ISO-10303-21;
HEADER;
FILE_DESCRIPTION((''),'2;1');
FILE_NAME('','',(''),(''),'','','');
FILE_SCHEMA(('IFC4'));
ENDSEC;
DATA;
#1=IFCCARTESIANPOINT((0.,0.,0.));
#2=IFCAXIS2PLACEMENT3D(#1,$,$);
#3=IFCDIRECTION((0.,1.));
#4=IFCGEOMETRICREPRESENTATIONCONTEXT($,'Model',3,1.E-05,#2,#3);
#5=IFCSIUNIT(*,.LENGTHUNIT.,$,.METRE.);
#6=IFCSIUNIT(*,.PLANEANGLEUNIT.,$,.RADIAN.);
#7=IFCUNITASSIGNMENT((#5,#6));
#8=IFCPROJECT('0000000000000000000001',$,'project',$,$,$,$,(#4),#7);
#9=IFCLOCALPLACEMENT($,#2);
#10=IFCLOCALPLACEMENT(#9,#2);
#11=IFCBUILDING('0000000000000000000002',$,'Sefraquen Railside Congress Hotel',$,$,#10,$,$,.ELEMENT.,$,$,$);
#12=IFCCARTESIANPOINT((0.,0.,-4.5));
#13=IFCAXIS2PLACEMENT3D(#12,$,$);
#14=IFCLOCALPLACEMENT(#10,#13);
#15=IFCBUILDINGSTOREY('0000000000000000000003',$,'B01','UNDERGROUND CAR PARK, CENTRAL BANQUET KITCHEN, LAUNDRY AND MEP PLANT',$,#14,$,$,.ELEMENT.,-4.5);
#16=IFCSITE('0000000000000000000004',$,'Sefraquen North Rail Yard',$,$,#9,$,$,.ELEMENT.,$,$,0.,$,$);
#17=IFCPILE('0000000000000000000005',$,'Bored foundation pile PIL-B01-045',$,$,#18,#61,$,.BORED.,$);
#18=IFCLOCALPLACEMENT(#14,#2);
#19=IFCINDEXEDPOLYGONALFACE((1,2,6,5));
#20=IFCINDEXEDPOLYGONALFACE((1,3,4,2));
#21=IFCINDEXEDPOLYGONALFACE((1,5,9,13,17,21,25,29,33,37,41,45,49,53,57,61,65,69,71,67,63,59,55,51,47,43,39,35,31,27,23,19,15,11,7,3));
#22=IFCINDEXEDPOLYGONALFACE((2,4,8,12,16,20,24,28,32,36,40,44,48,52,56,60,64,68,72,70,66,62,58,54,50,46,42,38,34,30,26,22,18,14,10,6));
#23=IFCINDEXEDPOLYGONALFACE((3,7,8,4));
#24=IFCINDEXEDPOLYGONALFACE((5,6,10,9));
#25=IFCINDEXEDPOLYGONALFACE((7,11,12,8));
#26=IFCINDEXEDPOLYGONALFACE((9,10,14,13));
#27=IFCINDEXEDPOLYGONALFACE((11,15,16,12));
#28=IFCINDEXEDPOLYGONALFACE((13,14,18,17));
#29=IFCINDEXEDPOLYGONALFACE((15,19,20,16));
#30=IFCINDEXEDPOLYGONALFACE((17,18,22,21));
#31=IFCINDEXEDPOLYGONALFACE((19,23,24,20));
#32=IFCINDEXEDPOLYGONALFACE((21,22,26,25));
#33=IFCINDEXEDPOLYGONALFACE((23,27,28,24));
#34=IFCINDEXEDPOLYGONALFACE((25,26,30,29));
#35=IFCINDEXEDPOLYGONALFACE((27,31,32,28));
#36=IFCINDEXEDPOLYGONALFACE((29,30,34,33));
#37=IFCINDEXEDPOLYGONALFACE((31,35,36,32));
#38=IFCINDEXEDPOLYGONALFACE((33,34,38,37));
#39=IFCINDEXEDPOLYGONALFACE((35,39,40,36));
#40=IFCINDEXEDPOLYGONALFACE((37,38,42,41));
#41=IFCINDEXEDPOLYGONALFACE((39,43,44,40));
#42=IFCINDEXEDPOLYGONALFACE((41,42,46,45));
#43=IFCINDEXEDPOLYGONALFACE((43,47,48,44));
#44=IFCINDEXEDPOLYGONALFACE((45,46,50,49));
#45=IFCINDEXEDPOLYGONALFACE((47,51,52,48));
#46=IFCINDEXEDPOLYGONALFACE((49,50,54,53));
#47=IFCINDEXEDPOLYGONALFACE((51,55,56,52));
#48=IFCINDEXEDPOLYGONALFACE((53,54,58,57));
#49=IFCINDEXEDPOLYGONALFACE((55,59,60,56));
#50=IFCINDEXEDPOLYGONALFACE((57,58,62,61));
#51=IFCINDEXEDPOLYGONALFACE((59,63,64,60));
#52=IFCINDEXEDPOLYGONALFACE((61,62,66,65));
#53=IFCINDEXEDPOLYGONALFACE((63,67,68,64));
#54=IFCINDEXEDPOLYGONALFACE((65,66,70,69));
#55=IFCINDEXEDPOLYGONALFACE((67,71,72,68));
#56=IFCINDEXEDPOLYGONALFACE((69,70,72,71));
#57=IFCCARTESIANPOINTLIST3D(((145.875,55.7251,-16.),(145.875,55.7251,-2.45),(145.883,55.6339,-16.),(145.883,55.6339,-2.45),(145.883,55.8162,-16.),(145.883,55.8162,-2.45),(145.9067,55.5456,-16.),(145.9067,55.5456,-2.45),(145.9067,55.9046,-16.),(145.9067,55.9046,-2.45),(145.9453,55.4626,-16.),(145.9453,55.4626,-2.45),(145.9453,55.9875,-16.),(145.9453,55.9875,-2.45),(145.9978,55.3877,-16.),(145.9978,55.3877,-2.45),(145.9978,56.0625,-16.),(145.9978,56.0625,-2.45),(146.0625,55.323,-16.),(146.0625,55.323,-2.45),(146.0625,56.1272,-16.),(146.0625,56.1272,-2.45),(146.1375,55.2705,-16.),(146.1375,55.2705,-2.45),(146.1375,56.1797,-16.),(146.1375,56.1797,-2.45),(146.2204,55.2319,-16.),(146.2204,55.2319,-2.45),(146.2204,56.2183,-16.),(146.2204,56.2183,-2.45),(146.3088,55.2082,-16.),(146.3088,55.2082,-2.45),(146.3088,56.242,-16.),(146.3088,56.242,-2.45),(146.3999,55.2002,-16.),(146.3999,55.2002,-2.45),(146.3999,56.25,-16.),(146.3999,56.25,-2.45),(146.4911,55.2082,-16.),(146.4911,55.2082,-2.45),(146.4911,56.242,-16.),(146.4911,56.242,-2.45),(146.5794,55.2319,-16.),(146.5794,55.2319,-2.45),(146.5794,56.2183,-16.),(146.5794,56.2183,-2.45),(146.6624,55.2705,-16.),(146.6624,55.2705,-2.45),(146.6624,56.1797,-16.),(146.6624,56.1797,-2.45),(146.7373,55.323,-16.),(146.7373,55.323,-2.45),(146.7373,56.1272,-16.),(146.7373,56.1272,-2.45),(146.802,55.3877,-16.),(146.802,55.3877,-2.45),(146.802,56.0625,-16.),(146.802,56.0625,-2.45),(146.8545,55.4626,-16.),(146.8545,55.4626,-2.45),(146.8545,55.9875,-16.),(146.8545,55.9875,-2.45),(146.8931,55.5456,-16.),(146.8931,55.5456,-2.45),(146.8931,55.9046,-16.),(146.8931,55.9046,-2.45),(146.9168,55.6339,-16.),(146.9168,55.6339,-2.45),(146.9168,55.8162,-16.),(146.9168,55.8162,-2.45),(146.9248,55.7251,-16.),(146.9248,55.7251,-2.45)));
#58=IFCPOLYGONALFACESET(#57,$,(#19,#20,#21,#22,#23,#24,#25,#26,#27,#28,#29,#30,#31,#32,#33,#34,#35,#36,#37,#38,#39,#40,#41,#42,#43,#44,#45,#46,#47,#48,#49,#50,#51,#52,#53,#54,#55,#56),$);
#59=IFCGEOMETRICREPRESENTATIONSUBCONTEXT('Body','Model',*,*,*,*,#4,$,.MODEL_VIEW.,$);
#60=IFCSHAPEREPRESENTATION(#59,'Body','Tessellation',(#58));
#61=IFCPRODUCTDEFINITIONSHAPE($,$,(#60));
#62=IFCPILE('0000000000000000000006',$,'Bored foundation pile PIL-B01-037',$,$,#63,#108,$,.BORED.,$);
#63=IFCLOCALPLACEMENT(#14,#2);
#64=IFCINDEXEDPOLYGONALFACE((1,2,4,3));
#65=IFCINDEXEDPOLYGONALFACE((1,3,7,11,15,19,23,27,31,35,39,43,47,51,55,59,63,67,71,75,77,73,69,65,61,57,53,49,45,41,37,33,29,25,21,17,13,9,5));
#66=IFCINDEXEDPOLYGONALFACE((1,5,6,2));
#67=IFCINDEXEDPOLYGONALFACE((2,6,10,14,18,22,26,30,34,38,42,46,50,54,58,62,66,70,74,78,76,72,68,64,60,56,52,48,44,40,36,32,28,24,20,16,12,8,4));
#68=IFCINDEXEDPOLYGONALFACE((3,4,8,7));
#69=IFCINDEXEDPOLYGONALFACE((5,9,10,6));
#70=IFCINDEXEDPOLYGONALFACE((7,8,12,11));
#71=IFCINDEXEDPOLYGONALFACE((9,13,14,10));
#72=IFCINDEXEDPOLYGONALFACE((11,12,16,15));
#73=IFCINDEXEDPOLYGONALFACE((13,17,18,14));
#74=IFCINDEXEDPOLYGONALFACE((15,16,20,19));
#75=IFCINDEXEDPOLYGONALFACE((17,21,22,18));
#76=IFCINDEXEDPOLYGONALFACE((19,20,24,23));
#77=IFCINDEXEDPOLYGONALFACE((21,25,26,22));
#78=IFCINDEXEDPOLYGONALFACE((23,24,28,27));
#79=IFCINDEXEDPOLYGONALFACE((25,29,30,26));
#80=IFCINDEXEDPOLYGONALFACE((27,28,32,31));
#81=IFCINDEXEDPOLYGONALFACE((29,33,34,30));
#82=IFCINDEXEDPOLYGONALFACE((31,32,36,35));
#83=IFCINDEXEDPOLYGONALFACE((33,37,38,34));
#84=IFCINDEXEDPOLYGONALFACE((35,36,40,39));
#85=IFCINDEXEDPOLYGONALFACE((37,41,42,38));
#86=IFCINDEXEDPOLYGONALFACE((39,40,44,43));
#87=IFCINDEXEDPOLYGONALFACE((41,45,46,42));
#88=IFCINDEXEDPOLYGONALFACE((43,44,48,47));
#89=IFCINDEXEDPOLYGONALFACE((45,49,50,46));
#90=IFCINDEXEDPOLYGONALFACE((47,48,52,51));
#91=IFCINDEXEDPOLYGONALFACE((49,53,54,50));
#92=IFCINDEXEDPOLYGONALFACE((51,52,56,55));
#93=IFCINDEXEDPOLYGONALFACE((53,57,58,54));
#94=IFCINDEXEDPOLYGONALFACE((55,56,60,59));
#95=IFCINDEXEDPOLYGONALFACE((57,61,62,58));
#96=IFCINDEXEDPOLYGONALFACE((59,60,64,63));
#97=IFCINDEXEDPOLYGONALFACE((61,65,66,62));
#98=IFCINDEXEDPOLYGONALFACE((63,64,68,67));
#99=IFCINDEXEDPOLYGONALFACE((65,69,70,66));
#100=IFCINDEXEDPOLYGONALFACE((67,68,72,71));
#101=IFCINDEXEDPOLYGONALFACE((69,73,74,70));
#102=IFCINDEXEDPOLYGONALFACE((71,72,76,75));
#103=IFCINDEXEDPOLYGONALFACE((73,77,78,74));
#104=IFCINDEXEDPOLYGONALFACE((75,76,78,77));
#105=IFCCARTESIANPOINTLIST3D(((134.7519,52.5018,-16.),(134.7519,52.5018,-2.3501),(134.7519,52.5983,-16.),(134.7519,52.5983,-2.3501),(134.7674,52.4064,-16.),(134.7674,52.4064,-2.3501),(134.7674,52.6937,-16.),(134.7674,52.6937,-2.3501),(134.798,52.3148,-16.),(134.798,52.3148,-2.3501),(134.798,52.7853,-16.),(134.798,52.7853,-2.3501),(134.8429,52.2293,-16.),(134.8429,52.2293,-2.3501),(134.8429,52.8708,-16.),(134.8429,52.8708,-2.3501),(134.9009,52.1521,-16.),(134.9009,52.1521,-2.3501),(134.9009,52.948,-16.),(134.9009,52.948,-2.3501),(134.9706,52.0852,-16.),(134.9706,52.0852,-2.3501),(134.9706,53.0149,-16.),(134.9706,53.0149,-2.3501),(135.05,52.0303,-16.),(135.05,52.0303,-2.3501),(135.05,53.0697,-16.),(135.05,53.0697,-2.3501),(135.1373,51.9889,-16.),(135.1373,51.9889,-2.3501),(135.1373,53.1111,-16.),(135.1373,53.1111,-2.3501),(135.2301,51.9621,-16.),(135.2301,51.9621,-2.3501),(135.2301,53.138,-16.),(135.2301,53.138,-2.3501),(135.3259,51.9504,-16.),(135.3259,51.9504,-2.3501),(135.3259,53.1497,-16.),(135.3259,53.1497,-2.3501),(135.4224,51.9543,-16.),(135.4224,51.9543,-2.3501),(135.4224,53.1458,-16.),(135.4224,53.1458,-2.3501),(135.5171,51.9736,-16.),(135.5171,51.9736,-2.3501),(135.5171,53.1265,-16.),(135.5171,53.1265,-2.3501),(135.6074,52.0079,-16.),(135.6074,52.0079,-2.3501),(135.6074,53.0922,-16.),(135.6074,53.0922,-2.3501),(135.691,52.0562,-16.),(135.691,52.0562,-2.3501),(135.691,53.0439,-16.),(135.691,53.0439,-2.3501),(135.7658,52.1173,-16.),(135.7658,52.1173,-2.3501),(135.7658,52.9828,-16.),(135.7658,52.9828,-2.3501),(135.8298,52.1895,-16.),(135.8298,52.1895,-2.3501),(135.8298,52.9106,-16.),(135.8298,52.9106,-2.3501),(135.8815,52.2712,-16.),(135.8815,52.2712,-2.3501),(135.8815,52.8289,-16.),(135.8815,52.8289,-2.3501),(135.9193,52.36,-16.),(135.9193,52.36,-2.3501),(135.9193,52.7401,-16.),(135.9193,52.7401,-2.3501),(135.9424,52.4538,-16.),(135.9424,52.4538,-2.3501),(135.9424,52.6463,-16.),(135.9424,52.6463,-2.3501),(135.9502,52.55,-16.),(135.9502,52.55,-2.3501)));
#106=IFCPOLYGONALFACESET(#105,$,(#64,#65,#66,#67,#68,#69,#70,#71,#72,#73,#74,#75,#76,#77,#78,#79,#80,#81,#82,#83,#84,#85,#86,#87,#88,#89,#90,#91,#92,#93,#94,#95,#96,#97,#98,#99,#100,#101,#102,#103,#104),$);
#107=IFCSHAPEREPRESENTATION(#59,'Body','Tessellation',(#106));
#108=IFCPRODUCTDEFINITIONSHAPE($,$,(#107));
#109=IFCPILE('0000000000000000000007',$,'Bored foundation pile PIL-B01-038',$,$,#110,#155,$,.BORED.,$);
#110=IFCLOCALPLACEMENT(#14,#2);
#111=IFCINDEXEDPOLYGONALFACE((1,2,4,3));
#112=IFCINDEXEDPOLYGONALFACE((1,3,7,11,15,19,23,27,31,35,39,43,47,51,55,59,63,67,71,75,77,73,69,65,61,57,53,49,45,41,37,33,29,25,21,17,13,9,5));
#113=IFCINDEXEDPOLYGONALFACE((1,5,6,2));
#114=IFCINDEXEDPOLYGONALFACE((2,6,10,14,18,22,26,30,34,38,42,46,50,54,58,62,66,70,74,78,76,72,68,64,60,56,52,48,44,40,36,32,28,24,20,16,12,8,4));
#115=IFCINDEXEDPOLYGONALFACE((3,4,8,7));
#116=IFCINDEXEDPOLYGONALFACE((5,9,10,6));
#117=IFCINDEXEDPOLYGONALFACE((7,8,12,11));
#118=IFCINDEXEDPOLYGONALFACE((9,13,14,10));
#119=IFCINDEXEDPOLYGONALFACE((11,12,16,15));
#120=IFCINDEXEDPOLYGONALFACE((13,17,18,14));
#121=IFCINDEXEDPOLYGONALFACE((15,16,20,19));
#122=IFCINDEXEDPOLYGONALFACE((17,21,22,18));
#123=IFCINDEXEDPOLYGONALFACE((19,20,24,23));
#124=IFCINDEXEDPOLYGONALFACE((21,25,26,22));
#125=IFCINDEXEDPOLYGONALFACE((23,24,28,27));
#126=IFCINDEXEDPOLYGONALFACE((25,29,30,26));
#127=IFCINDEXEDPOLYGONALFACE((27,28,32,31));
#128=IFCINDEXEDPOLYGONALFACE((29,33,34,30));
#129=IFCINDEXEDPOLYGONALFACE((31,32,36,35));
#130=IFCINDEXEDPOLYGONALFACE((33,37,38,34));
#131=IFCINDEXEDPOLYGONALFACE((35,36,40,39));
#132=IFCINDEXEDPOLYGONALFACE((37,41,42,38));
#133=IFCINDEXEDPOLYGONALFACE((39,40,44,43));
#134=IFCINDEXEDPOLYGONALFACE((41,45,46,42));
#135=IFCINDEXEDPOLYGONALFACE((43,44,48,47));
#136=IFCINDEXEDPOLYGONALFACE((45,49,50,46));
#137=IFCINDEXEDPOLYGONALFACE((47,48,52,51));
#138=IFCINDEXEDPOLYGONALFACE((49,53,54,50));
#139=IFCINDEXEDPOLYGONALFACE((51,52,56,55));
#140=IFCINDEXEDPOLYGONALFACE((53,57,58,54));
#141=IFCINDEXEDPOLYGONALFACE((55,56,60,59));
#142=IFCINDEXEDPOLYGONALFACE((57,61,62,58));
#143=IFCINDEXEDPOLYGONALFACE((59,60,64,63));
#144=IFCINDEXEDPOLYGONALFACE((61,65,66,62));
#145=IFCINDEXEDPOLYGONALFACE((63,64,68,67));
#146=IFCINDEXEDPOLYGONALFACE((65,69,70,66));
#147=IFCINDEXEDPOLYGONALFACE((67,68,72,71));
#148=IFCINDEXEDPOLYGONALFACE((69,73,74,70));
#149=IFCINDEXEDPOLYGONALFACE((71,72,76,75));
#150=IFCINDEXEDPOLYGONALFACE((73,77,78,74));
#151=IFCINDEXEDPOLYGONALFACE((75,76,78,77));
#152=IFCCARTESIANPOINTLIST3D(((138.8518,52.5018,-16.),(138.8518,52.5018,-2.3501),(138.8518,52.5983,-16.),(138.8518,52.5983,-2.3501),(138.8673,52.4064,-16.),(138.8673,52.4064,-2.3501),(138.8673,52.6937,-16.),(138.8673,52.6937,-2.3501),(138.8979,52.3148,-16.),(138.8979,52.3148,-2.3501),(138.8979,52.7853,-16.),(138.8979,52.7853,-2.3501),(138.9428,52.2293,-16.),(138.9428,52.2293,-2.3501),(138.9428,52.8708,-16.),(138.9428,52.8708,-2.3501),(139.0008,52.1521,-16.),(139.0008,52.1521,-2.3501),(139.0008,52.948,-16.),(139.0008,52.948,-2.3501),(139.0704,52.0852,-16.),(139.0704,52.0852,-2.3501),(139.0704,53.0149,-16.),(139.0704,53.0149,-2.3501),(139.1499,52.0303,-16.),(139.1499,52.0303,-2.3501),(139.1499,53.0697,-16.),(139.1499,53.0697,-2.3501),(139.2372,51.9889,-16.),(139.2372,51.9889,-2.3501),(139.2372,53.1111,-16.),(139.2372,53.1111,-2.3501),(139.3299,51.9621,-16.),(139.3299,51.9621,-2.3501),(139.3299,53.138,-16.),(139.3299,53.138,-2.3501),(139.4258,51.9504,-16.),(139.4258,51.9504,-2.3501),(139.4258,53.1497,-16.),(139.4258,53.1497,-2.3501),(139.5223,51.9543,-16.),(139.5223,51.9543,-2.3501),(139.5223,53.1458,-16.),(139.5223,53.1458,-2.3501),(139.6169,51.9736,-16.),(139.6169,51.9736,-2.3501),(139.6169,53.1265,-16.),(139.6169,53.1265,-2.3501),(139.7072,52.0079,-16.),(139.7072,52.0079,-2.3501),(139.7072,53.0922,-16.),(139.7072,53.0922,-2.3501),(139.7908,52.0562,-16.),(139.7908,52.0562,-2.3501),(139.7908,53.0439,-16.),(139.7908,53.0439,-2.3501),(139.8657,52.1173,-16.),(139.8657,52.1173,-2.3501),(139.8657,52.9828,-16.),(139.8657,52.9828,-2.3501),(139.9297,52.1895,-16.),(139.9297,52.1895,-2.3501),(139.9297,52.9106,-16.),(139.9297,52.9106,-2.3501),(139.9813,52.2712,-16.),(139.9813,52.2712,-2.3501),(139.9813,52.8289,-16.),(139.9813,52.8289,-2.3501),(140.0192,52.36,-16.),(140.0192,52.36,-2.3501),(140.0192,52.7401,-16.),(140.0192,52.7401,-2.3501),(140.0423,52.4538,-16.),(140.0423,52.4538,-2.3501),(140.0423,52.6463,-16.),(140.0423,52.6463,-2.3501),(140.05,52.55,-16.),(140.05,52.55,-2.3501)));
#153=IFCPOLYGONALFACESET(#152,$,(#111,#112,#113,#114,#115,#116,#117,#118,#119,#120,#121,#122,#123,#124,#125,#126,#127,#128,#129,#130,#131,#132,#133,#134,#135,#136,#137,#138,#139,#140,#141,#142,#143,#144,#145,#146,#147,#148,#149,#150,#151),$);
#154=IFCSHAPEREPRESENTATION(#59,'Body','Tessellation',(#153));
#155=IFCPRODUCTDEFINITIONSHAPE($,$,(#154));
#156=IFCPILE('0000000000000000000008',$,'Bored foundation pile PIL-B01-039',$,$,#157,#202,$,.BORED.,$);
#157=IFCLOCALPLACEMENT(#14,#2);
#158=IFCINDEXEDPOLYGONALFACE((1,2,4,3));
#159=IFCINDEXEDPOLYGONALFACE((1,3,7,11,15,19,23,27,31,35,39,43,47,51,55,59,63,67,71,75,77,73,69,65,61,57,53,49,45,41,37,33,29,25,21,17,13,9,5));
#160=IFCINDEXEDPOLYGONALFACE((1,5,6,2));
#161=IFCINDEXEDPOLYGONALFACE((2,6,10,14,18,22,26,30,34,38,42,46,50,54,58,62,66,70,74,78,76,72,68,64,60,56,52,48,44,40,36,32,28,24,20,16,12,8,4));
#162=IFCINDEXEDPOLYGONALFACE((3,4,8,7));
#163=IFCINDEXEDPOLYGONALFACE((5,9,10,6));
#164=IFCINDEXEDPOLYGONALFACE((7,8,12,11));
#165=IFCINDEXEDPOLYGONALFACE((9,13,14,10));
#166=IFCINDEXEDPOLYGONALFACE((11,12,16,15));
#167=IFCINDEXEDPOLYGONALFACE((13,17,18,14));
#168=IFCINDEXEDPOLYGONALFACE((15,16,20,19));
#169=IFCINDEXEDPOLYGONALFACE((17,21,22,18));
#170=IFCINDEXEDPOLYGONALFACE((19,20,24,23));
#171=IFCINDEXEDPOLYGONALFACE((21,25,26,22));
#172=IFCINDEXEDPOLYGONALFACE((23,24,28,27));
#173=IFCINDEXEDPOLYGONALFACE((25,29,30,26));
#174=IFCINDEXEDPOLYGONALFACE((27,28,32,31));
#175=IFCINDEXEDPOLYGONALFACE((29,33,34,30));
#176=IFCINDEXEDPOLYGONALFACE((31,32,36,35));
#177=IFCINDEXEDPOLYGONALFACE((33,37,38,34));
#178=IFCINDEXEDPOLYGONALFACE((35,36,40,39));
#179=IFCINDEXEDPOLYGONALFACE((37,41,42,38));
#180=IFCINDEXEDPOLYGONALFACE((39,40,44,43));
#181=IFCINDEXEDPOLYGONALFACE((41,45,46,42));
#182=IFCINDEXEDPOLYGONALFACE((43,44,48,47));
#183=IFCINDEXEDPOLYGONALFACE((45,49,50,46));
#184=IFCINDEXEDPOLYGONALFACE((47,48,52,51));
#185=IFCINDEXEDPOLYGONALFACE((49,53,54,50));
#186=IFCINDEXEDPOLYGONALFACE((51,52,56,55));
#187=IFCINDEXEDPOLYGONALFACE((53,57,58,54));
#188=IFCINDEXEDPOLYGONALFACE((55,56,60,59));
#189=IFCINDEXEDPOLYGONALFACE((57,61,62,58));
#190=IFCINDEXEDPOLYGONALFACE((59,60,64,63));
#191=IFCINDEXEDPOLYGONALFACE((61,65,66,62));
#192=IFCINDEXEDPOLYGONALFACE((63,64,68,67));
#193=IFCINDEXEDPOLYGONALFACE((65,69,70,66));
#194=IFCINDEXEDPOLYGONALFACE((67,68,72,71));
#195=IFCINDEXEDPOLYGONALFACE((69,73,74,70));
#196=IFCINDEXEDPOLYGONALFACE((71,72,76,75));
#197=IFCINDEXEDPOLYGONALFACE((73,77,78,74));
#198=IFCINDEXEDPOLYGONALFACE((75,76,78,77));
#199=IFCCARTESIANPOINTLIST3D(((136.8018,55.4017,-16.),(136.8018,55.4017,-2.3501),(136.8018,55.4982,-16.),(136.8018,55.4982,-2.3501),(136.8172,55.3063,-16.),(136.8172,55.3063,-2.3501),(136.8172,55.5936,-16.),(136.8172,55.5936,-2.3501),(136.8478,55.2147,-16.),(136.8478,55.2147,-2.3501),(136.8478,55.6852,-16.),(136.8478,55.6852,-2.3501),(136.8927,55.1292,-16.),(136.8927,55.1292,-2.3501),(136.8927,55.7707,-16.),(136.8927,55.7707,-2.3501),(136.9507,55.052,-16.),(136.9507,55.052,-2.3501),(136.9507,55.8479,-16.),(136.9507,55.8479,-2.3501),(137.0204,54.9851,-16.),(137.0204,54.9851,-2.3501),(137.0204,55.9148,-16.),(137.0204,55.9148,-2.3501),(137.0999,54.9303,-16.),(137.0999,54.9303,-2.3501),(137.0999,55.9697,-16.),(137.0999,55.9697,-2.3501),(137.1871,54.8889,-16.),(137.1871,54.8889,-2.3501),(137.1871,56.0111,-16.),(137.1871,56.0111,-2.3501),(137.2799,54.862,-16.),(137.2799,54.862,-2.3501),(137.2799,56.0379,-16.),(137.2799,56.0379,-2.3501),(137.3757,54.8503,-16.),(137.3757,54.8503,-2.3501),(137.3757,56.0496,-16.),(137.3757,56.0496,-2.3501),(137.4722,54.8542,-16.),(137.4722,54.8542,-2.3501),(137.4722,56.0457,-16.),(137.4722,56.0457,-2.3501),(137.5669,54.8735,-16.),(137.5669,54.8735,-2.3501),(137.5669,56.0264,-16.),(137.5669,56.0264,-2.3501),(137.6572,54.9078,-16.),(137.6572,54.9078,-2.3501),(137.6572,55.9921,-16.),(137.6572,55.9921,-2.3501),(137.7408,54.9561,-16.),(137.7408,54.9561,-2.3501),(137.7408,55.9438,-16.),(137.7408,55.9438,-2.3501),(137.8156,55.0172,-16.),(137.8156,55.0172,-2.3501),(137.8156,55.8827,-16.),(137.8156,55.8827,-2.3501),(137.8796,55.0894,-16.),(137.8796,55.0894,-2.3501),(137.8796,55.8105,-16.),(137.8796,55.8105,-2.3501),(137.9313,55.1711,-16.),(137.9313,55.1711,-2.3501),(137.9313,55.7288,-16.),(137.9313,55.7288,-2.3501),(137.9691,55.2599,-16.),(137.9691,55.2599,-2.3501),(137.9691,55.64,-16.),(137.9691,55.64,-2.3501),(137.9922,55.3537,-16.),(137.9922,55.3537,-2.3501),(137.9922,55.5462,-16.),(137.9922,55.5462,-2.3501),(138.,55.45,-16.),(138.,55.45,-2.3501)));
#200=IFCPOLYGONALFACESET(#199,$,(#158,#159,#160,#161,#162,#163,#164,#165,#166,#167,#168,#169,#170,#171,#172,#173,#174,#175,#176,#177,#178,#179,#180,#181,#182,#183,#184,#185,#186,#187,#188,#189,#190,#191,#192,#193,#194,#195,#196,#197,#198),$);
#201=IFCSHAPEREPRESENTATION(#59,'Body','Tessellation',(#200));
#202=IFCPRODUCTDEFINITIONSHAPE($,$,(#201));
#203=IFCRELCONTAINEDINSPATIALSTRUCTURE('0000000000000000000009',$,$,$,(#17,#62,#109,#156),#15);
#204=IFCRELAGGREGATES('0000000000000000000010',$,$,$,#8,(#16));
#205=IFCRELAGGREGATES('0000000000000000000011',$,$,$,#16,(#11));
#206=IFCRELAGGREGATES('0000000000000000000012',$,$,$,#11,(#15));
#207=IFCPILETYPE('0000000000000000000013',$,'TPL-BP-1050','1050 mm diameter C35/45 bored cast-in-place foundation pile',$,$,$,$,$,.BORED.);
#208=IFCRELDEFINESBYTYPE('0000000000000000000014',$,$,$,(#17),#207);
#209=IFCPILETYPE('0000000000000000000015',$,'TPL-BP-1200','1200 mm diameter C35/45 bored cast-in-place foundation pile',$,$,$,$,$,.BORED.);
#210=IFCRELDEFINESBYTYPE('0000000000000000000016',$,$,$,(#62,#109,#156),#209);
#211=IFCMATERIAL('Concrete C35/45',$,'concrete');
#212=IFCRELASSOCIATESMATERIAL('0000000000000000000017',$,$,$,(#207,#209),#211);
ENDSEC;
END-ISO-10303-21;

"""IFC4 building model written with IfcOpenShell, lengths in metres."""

from ifc_helpers import new_model, si_unit, direction, frame, origin, origin_2d, place, context, subcontext, project, spatial, circle, extrude, material, material_profile, profile_set, type_object, element, save


model = new_model("IFC4")

# Units and contexts
model_context = context("Model", 3, precision=1e-05, world=origin(), true_north=direction((0.0, 1.0)))
body_context = subcontext(model_context, "Body", "Model", "MODEL_VIEW")
ifc_project = project(units=[si_unit("LENGTHUNIT", "METRE"), si_unit("PLANEANGLEUNIT", "RADIAN")], contexts=[model_context])

# Site, building, storey
site_placement = place(None, origin())
site = spatial("IfcSite", under=ifc_project, at=site_placement, Name="Sefraquen North Rail Yard", CompositionType="ELEMENT", RefElevation=0.0)
building_placement = place(site_placement, origin())
building = spatial("IfcBuilding", under=site, at=building_placement, Name="Sefraquen Railside Congress Hotel", CompositionType="ELEMENT")
storey_placement = place(building_placement, frame((0.0, 0.0, -4.5)))
storey = spatial("IfcBuildingStorey", under=building, at=storey_placement, Name="B01", Description="UNDERGROUND CAR PARK, CENTRAL BANQUET KITCHEN, LAUNDRY AND MEP PLANT", CompositionType="ELEMENT", Elevation=-4.5)

# Piles
ifc_material_1 = material(Name="Concrete C35/45", Category="concrete")
ifc_material_profile_1 = material_profile(ifc_material_1, circle(Radius=0.5249, at=origin_2d()), Name="BORED PILE 1050")
ifc_profile_set_1 = profile_set([ifc_material_profile_1], Name="Concrete C35/45")
pile_type_1 = type_object("IfcPileType", Name="TPL-BP-1050", Description="1050 mm diameter C35/45 bored cast-in-place foundation pile", PredefinedType="BORED", material=ifc_profile_set_1)
for number, where, z_axis, x_axis, name in (
    (1, (146.3999, 55.7251, -2.45), (0.0, 0.0, -1.0), (1.0, 0.0, 0.0), "Bored foundation pile PIL-B01-045"),
):
    element("IfcPile", number, at=place(storey_placement, frame(where, z_axis=z_axis, x_axis=x_axis)), inside=storey, type_object=pile_type_1, Name=name, PredefinedType="BORED", context=body_context, shape_type="SweptSolid", body=[
        extrude(circle(Radius=0.5249, at=origin_2d()), origin(), (0.0, 0.0, 1.0), 13.55),
    ])
ifc_material_profile_2 = material_profile(ifc_material_1, circle(Radius=0.6001, at=origin_2d()), Name="BORED PILE 1200")
ifc_profile_set_2 = profile_set([ifc_material_profile_2], Name="Concrete C35/45")
pile_type_2 = type_object("IfcPileType", Name="TPL-BP-1200", Description="1200 mm diameter C35/45 bored cast-in-place foundation pile", PredefinedType="BORED", material=ifc_profile_set_2)
for number, where, z_axis, x_axis, name in (
    (2, (135.3501, 52.55, -2.3501), (0.0, 0.0, -1.0), (1.0, 0.0, 0.0), "Bored foundation pile PIL-B01-037"),
    (3, (139.45, 52.55, -2.3501), (0.0, 0.0, -1.0), (1.0, 0.0, 0.0), "Bored foundation pile PIL-B01-038"),
    (4, (137.3999, 55.45, -2.3501), (0.0, 0.0, -1.0), (1.0, 0.0, 0.0), "Bored foundation pile PIL-B01-039"),
):
    element("IfcPile", number, at=place(storey_placement, frame(where, z_axis=z_axis, x_axis=x_axis)), inside=storey, type_object=pile_type_2, Name=name, PredefinedType="BORED", context=body_context, shape_type="SweptSolid", body=[
        extrude(circle(Radius=0.6001, at=origin_2d()), origin(), (0.0, 0.0, 1.0), 13.6499),
    ])

save(model, "model.ifc")
